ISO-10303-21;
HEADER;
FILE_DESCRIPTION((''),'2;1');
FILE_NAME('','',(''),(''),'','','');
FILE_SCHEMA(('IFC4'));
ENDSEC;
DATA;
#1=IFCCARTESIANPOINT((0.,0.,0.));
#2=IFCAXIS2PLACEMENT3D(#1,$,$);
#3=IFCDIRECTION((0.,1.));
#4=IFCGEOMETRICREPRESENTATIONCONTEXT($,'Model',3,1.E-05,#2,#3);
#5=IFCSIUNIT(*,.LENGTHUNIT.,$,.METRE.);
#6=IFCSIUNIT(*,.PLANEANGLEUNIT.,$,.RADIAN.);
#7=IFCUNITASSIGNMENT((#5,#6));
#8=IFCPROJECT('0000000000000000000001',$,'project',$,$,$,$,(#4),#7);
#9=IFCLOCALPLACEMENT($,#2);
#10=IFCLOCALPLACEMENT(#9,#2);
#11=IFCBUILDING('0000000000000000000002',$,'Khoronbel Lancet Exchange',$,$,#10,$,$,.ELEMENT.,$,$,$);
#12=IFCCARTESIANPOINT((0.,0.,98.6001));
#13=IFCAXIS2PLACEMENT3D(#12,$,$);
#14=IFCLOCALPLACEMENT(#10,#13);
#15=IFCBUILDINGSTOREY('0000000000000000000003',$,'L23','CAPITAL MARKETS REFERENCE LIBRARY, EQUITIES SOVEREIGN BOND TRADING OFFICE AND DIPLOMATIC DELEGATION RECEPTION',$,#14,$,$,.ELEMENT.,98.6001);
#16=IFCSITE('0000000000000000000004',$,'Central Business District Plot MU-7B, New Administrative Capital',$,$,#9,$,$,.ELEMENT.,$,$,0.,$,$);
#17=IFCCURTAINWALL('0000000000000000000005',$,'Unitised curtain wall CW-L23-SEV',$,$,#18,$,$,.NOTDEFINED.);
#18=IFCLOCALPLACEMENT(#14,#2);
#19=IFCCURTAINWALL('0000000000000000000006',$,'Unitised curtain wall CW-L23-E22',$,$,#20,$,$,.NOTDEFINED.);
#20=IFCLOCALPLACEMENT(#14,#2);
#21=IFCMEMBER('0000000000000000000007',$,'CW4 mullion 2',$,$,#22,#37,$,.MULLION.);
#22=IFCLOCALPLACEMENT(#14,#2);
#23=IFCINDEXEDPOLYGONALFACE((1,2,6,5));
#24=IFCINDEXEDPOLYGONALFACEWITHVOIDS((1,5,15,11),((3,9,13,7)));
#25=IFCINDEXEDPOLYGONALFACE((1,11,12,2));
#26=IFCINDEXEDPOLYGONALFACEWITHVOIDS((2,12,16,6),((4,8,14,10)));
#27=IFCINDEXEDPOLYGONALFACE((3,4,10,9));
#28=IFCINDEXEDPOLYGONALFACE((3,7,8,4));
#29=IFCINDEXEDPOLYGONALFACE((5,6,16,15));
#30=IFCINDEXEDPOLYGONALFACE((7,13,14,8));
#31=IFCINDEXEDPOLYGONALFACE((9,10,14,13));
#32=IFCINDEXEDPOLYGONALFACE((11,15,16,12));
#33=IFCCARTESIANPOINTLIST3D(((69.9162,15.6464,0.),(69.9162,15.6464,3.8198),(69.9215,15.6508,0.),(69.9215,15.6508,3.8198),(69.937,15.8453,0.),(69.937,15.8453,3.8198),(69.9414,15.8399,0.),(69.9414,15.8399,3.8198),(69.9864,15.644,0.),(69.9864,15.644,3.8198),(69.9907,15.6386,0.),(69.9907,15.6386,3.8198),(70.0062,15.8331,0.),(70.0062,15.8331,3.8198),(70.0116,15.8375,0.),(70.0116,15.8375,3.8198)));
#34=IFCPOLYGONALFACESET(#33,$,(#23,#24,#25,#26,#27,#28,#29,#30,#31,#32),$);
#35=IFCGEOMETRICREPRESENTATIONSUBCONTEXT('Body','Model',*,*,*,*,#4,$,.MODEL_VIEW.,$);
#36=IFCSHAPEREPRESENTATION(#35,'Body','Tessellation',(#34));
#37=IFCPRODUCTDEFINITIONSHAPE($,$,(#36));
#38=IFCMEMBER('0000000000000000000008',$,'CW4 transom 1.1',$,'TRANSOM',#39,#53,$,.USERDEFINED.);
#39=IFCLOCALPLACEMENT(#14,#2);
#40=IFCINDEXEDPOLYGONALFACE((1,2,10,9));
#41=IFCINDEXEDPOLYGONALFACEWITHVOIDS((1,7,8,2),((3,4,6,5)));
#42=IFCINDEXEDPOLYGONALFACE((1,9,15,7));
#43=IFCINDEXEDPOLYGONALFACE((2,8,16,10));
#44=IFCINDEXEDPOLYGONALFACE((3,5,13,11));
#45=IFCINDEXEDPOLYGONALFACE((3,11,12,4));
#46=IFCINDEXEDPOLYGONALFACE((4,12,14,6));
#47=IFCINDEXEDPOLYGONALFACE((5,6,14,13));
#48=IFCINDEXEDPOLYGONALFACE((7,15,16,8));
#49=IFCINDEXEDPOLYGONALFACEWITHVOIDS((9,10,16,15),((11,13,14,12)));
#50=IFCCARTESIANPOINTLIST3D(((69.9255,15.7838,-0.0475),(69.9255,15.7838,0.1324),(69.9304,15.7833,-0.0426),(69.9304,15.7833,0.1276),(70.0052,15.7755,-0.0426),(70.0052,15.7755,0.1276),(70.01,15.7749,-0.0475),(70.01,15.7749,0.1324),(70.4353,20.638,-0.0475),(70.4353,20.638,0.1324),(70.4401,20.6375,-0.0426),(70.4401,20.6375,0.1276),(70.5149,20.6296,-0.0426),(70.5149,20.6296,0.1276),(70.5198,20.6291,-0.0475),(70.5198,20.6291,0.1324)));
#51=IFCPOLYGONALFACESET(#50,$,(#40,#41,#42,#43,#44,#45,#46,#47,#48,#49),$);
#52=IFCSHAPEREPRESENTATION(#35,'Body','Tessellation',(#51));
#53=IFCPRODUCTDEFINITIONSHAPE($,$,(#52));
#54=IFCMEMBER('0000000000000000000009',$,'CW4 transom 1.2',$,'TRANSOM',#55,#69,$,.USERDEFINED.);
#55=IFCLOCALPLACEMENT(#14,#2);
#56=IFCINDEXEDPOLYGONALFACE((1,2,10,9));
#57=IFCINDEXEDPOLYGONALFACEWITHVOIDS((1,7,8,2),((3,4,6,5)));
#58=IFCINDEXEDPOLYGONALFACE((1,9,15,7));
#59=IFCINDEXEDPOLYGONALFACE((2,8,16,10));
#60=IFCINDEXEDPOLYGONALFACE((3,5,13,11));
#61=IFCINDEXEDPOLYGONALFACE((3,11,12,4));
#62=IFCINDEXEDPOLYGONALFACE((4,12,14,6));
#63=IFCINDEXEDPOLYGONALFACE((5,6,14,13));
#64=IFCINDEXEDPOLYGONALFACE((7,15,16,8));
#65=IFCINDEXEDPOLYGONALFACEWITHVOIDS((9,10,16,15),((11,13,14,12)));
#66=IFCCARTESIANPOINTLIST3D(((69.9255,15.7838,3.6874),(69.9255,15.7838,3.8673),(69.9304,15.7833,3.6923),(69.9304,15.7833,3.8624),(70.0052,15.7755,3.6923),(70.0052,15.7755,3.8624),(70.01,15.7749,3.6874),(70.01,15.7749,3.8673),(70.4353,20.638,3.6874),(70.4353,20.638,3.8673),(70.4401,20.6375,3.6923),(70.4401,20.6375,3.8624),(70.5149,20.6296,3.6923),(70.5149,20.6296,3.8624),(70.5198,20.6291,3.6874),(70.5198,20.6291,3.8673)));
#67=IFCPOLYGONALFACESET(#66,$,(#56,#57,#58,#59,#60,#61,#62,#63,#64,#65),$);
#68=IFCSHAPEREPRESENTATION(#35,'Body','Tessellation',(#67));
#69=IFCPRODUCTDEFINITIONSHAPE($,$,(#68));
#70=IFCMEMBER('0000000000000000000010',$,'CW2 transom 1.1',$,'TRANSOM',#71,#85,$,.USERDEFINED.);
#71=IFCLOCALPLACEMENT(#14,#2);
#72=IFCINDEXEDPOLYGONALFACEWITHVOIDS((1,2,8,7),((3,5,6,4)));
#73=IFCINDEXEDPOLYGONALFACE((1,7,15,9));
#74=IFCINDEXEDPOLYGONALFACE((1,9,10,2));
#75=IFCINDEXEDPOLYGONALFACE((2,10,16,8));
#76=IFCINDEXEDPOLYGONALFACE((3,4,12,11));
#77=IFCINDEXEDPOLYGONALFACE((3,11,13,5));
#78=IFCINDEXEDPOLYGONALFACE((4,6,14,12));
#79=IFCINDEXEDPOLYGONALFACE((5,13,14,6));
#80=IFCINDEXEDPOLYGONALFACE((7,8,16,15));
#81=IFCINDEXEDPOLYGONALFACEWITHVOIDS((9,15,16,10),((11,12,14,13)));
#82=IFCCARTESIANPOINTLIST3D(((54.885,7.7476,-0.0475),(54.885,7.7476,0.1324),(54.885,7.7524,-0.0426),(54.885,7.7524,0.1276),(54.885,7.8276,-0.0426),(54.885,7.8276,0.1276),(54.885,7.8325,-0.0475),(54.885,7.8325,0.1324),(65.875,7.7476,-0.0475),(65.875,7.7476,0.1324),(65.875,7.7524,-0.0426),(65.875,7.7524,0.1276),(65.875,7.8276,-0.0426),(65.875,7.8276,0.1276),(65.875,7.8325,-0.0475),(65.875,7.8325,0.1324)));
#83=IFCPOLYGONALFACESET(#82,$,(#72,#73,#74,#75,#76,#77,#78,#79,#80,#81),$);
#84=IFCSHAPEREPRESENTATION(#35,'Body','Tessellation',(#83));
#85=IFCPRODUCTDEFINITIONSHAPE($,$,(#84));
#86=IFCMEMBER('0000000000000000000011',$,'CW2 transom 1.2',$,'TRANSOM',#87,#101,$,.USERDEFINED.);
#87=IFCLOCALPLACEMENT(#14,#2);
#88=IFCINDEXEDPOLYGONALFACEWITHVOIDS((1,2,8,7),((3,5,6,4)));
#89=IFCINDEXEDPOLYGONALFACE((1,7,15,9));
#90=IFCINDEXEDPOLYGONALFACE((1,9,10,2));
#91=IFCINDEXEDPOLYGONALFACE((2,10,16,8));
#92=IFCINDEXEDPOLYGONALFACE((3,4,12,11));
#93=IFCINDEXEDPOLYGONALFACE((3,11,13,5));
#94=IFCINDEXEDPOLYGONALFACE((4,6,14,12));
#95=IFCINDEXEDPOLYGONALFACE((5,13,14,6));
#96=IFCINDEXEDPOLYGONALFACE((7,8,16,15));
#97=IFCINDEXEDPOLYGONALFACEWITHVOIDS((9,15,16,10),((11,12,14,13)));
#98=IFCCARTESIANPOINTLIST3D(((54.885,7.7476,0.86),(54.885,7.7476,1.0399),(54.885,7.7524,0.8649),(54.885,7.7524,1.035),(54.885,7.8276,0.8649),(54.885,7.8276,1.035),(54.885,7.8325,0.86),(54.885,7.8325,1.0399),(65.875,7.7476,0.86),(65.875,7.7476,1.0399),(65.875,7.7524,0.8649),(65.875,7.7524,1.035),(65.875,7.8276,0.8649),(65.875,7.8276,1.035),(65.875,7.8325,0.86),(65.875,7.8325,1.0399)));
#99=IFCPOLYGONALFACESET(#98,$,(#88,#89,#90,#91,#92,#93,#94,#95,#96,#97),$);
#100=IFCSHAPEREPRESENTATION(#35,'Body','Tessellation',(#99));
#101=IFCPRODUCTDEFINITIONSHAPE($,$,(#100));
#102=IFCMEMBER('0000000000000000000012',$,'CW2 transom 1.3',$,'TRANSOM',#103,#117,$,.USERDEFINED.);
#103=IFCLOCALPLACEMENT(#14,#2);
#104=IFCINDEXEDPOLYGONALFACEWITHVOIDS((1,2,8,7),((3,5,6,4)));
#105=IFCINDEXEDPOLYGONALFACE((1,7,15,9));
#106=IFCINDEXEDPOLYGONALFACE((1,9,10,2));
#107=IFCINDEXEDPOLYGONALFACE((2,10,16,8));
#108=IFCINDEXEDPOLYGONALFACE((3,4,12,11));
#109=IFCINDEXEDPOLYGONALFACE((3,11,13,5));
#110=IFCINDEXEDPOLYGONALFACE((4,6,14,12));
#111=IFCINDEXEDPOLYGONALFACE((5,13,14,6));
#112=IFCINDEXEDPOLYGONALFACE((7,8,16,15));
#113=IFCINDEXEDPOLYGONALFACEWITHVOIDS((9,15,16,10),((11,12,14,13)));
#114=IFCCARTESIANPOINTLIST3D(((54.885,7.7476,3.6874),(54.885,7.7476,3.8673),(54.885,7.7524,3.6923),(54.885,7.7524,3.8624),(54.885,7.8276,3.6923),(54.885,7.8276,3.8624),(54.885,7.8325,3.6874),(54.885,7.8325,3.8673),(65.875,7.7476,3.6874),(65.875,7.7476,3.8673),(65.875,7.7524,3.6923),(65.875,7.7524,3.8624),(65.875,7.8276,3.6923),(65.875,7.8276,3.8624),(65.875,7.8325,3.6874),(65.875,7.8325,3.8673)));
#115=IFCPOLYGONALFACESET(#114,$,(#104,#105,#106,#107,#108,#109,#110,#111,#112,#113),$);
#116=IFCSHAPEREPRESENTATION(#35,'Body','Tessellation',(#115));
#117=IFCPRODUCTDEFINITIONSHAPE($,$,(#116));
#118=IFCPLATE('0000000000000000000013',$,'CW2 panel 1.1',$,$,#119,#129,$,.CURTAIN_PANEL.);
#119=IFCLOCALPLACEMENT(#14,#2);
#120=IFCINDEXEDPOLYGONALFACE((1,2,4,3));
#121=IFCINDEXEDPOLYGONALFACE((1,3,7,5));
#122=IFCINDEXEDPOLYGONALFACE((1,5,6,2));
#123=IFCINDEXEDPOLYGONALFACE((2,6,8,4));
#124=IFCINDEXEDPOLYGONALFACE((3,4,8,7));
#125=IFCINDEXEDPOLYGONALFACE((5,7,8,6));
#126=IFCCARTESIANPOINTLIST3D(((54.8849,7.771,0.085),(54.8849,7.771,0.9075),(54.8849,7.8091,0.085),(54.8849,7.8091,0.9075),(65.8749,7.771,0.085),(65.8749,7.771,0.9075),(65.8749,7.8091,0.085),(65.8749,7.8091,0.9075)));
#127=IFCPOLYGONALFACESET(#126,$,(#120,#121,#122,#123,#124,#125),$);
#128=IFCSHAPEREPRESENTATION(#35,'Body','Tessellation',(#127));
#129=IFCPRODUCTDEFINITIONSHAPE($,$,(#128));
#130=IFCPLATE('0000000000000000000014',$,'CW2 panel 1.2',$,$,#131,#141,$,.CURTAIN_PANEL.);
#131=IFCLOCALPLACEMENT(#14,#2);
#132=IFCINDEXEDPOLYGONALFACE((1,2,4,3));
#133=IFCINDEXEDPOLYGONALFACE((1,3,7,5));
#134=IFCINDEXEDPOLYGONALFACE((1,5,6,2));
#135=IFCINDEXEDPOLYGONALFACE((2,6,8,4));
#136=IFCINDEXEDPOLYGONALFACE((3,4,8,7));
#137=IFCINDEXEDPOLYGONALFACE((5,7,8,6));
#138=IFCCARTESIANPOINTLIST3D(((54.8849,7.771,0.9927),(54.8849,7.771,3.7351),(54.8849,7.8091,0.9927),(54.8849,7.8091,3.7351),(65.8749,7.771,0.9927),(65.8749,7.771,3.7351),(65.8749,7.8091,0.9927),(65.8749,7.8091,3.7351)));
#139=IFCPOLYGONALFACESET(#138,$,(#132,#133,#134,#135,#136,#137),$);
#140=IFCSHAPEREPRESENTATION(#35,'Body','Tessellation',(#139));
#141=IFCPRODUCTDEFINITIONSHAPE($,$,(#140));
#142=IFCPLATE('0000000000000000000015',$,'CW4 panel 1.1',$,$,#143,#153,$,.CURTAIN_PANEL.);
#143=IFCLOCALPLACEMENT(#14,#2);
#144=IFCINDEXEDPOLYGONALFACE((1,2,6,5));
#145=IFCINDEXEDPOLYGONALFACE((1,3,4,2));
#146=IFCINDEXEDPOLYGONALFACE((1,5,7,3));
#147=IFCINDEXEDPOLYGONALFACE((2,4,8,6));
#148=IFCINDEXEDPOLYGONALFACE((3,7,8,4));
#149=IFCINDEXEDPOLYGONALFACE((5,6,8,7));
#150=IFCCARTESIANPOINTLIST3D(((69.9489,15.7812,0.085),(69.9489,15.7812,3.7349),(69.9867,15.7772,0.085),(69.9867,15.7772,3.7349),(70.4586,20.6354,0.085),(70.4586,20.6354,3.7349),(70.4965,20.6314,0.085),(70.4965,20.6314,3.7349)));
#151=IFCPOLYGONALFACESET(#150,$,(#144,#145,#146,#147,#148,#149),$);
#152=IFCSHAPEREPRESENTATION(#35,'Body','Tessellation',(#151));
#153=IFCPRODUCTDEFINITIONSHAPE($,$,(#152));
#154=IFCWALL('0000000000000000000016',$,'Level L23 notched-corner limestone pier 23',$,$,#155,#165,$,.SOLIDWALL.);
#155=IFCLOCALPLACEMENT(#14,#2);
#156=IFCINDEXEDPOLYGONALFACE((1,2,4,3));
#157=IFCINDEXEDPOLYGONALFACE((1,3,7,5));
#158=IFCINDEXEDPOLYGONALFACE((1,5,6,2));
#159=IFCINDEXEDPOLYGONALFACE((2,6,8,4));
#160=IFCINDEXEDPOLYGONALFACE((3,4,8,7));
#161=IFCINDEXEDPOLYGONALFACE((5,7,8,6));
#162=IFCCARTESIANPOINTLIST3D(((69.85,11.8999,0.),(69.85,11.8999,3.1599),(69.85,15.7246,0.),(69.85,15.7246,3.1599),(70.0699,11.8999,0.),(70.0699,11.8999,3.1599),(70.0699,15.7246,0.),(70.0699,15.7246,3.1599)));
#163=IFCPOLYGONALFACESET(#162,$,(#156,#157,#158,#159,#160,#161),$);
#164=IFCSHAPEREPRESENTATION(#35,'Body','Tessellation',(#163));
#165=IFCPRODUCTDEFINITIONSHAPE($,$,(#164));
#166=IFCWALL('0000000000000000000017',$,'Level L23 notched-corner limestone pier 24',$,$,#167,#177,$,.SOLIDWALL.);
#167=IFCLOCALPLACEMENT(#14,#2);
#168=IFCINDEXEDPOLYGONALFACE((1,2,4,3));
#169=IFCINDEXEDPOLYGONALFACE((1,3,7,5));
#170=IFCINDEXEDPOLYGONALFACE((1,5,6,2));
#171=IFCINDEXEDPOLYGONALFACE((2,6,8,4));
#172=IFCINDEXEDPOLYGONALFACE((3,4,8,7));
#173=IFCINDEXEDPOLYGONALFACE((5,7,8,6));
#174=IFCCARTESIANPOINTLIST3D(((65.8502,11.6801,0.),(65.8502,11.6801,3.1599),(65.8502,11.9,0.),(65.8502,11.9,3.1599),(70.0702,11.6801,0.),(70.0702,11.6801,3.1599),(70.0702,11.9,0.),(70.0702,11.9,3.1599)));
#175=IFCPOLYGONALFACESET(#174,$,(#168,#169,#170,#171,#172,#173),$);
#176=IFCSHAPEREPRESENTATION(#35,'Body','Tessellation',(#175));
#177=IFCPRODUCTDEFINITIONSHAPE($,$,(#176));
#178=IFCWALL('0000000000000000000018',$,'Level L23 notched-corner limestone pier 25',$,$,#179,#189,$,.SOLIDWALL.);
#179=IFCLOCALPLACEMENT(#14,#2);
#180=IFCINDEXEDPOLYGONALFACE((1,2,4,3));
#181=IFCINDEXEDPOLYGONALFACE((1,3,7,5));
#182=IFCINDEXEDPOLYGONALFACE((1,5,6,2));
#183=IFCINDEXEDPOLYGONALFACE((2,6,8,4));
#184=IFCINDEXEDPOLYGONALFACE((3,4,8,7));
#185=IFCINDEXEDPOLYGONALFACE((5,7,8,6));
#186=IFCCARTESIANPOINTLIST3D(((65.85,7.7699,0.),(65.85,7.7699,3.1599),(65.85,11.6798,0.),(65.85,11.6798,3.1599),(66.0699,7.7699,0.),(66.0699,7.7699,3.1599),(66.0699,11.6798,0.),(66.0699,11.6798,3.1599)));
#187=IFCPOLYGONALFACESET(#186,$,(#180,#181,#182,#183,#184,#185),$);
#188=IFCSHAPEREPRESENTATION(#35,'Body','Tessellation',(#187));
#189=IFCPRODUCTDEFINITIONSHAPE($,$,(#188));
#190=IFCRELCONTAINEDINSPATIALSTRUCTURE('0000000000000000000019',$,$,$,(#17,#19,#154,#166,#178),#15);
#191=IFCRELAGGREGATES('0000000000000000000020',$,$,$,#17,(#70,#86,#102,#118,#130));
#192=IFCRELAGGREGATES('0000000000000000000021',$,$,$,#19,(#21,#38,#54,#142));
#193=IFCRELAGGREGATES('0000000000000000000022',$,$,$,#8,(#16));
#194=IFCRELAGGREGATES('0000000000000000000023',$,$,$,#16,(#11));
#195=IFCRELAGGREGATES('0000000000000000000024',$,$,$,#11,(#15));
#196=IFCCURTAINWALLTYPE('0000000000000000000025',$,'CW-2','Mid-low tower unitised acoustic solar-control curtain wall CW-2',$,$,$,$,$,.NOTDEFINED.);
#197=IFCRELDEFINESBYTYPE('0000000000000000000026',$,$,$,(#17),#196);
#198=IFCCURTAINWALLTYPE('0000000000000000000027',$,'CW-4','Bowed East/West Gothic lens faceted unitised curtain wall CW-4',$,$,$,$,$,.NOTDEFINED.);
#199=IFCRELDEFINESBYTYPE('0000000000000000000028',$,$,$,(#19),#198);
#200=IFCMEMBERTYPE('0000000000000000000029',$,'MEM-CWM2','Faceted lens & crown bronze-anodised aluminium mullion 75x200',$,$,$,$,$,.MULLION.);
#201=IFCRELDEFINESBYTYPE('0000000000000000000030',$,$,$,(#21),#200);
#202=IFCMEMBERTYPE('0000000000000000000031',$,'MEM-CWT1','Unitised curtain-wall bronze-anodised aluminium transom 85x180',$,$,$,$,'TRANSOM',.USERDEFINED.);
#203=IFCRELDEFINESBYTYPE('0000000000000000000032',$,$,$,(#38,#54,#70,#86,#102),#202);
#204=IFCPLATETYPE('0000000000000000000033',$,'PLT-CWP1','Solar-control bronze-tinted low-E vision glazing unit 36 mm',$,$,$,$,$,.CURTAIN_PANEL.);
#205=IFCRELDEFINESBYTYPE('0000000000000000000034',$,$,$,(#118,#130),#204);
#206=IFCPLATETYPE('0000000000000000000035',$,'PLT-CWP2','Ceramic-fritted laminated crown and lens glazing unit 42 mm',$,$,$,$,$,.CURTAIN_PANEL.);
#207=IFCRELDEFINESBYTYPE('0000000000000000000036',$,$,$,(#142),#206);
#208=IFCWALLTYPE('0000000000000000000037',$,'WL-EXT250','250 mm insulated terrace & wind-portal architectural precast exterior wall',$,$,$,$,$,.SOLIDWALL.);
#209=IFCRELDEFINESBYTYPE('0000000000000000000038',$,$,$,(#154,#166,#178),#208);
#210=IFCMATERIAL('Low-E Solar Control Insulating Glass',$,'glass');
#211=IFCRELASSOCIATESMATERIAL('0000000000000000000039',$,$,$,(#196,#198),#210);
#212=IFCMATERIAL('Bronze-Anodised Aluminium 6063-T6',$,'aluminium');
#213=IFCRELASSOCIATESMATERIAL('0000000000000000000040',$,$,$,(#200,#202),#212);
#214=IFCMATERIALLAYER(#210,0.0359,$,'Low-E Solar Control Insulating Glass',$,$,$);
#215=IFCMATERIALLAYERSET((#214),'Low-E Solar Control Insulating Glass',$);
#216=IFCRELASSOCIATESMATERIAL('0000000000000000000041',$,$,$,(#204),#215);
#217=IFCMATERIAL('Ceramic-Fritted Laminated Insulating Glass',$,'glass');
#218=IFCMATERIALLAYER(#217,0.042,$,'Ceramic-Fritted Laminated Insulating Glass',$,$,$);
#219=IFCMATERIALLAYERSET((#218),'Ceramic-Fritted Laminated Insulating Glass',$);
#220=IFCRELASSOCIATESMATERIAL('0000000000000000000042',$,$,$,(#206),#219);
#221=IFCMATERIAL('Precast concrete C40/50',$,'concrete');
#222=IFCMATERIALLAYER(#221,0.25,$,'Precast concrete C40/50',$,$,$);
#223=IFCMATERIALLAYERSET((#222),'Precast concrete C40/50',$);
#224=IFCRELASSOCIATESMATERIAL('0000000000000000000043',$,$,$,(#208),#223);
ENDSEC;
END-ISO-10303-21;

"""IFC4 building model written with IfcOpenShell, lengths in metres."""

from ifc_helpers import new_model, si_unit, direction, frame, frame_2d, origin, origin_2d, place, context, subcontext, project, spatial, rectangle, hollow_rectangle, extrude, material, layer, layer_set, material_profile, profile_set, type_object, element, aggregate, save


model = new_model("IFC4")

# Units and contexts
model_context = context("Model", 3, precision=1e-05, world=origin(), true_north=direction((0.0, 1.0)))
body_context = subcontext(model_context, "Body", "Model", "MODEL_VIEW")
ifc_project = project(units=[si_unit("LENGTHUNIT", "METRE"), si_unit("PLANEANGLEUNIT", "RADIAN")], contexts=[model_context])

# Site, building, storey
site_placement = place(None, origin())
site = spatial("IfcSite", under=ifc_project, at=site_placement, Name="Central Business District Plot MU-7B, New Administrative Capital", CompositionType="ELEMENT", RefElevation=0.0)
building_placement = place(site_placement, origin())
building = spatial("IfcBuilding", under=site, at=building_placement, Name="Khoronbel Lancet Exchange", CompositionType="ELEMENT")
storey_placement = place(building_placement, frame((0.0, 0.0, 98.6001)))
storey = spatial("IfcBuildingStorey", under=building, at=storey_placement, Name="L23", Description="CAPITAL MARKETS REFERENCE LIBRARY, EQUITIES SOVEREIGN BOND TRADING OFFICE AND DIPLOMATIC DELEGATION RECEPTION", CompositionType="ELEMENT", Elevation=98.6001)

# Shared definitions
ifc_material_1 = material(Name="Low-E Solar Control Insulating Glass", Category="glass")
curtain_wall_type_1 = type_object("IfcCurtainWallType", Name="CW-2", Description="Mid-low tower unitised acoustic solar-control curtain wall CW-2", PredefinedType="NOTDEFINED", material=ifc_material_1)
ifc_material_2 = material(Name="Bronze-Anodised Aluminium 6063-T6", Category="aluminium")

# Curtain wall
curtain_wall_1_placement = place(storey_placement, origin())
curtain_wall_1 = element("IfcCurtainWall", 1, at=curtain_wall_1_placement, inside=storey, type_object=curtain_wall_type_1, Name="Unitised curtain wall CW-L23-SEV", PredefinedType="NOTDEFINED")

# Shared definitions
curtain_wall_type_2 = type_object("IfcCurtainWallType", Name="CW-4", Description="Bowed East/West Gothic lens faceted unitised curtain wall CW-4", PredefinedType="NOTDEFINED", material=ifc_material_1)
ifc_material_profile_1 = material_profile(ifc_material_2, hollow_rectangle(XDim=0.075, YDim=0.2, WallThickness=0.0049, at=origin_2d()), Name="ALU MULLION 75x200")
ifc_profile_set_1 = profile_set([ifc_material_profile_1], Name="Bronze-Anodised Aluminium 6063-T6")
member_type_1 = type_object("IfcMemberType", Name="MEM-CWM2", Description="Faceted lens & crown bronze-anodised aluminium mullion 75x200", PredefinedType="MULLION", material=ifc_profile_set_1)

# Curtain wall, members
curtain_wall_2_placement = place(storey_placement, origin())
curtain_wall_2 = element("IfcCurtainWall", 2, at=curtain_wall_2_placement, inside=storey, type_object=curtain_wall_type_2, Name="Unitised curtain wall CW-L23-E22", PredefinedType="NOTDEFINED")
member_1_placement = place(storey_placement, frame((69.9639, 15.7419, 0.0), z_axis=(0.0, 0.0, 1.0), x_axis=(0.994532, -0.104434, 0.0)))
member_1 = element("IfcMember", 3, at=member_1_placement, type_object=member_type_1, Name="CW4 mullion 2", PredefinedType="MULLION", context=body_context, shape_type="SweptSolid", body=[
    extrude(hollow_rectangle(XDim=0.075, YDim=0.2, WallThickness=0.0049, at=origin_2d()), origin(), (0.0, 0.0, 1.0), 3.8198),
])
ifc_material_profile_2 = material_profile(ifc_material_2, hollow_rectangle(XDim=0.085, YDim=0.1799, WallThickness=0.0049, at=origin_2d()), Name="ALU TRANSOM 85x180")
ifc_profile_set_2 = profile_set([ifc_material_profile_2], Name="Bronze-Anodised Aluminium 6063-T6")
member_type_2 = type_object("IfcMemberType", Name="MEM-CWT1", Description="Unitised curtain-wall bronze-anodised aluminium transom 85x180", ElementType="TRANSOM", PredefinedType="USERDEFINED", material=ifc_profile_set_2)
member_2_placement = place(storey_placement, frame((70.4775, 20.6335, 0.0425), z_axis=(-0.10444, -0.994531, 0.0), x_axis=(0.994531, -0.10444, 0.0)))
member_2 = element("IfcMember", 4, at=member_2_placement, type_object=member_type_2, Name="CW4 transom 1.1", ObjectType="TRANSOM", PredefinedType="USERDEFINED", context=body_context, shape_type="SweptSolid", body=[
    extrude(hollow_rectangle(XDim=0.085, YDim=0.1799, WallThickness=0.0049, at=origin_2d()), origin(), (0.0, 0.0, 1.0), 4.8809),
])
member_3_placement = place(storey_placement, frame((70.4775, 20.6335, 3.7773), z_axis=(-0.10444, -0.994531, 0.0), x_axis=(0.994531, -0.10444, 0.0)))
member_3 = element("IfcMember", 5, at=member_3_placement, type_object=member_type_2, Name="CW4 transom 1.2", ObjectType="TRANSOM", PredefinedType="USERDEFINED", context=body_context, shape_type="SweptSolid", body=[
    extrude(hollow_rectangle(XDim=0.085, YDim=0.1799, WallThickness=0.0049, at=origin_2d()), origin(), (0.0, 0.0, 1.0), 4.8809),
])

# Members
member_4_placement = place(storey_placement, frame((54.885, 7.79, 0.0425), z_axis=(1.0, 0.0, 0.0), x_axis=(0.0, 1.0, 0.0)))
member_4 = element("IfcMember", 6, at=member_4_placement, type_object=member_type_2, Name="CW2 transom 1.1", ObjectType="TRANSOM", PredefinedType="USERDEFINED", context=body_context, shape_type="SweptSolid", body=[
    extrude(hollow_rectangle(XDim=0.085, YDim=0.1799, WallThickness=0.0049, at=origin_2d()), origin(), (0.0, 0.0, 1.0), 10.99),
])
member_5_placement = place(storey_placement, frame((54.885, 7.79, 0.95), z_axis=(1.0, 0.0, 0.0), x_axis=(0.0, 1.0, 0.0)))
member_5 = element("IfcMember", 7, at=member_5_placement, type_object=member_type_2, Name="CW2 transom 1.2", ObjectType="TRANSOM", PredefinedType="USERDEFINED", context=body_context, shape_type="SweptSolid", body=[
    extrude(hollow_rectangle(XDim=0.085, YDim=0.1799, WallThickness=0.0049, at=origin_2d()), origin(), (0.0, 0.0, 1.0), 10.99),
])
member_6_placement = place(storey_placement, frame((54.885, 7.79, 3.7773), z_axis=(1.0, 0.0, 0.0), x_axis=(0.0, 1.0, 0.0)))
member_6 = element("IfcMember", 8, at=member_6_placement, type_object=member_type_2, Name="CW2 transom 1.3", ObjectType="TRANSOM", PredefinedType="USERDEFINED", context=body_context, shape_type="SweptSolid", body=[
    extrude(hollow_rectangle(XDim=0.085, YDim=0.1799, WallThickness=0.0049, at=origin_2d()), origin(), (0.0, 0.0, 1.0), 10.99),
])

# Plates
ifc_layer_1 = layer(ifc_material_1, 0.0359, Name="Low-E Solar Control Insulating Glass")
ifc_layer_set_1 = layer_set([ifc_layer_1], Name="Low-E Solar Control Insulating Glass")
plate_type_1 = type_object("IfcPlateType", Name="PLT-CWP1", Description="Solar-control bronze-tinted low-E vision glazing unit 36 mm", PredefinedType="CURTAIN_PANEL", material=ifc_layer_set_1)
plate_1_placement = place(storey_placement, frame((60.3799, 7.79, 0.085), z_axis=(0.0, 0.0, 1.0), x_axis=(1.0, 0.0, 0.0)))
plate_1 = element("IfcPlate", 9, at=plate_1_placement, type_object=plate_type_1, Name="CW2 panel 1.1", PredefinedType="CURTAIN_PANEL", context=body_context, shape_type="SweptSolid", body=[
    extrude(rectangle(XDim=10.99, YDim=0.0381, at=origin_2d()), origin(), (0.0, 0.0, 1.0), 0.8225),
])
plate_2_placement = place(storey_placement, frame((60.3799, 7.79, 0.9927), z_axis=(0.0, 0.0, 1.0), x_axis=(1.0, 0.0, 0.0)))
plate_2 = element("IfcPlate", 10, at=plate_2_placement, type_object=plate_type_1, Name="CW2 panel 1.2", PredefinedType="CURTAIN_PANEL", context=body_context, shape_type="SweptSolid", body=[
    extrude(rectangle(XDim=10.99, YDim=0.0381, at=origin_2d()), origin(), (0.0, 0.0, 1.0), 2.7424),
])
aggregate(curtain_wall_1, [member_4, member_5, member_6, plate_1, plate_2])
ifc_material_3 = material(Name="Ceramic-Fritted Laminated Insulating Glass", Category="glass")
ifc_layer_2 = layer(ifc_material_3, 0.042, Name="Ceramic-Fritted Laminated Insulating Glass")
ifc_layer_set_2 = layer_set([ifc_layer_2], Name="Ceramic-Fritted Laminated Insulating Glass")
plate_type_2 = type_object("IfcPlateType", Name="PLT-CWP2", Description="Ceramic-fritted laminated crown and lens glazing unit 42 mm", PredefinedType="CURTAIN_PANEL", material=ifc_layer_set_2)
plate_3_placement = place(storey_placement, frame((70.2227, 18.2063, 0.085), z_axis=(0.0, 0.0, 1.0), x_axis=(-0.104434, -0.994532, 0.0)))
plate_3 = element("IfcPlate", 11, at=plate_3_placement, type_object=plate_type_2, Name="CW4 panel 1.1", PredefinedType="CURTAIN_PANEL", context=body_context, shape_type="SweptSolid", body=[
    extrude(rectangle(XDim=4.8809, YDim=0.0381, at=origin_2d()), origin(), (0.0, 0.0, 1.0), 3.6499),
])
aggregate(curtain_wall_2, [member_1, member_2, member_3, plate_3])

# Walls
ifc_material_4 = material(Name="Precast concrete C40/50", Category="concrete")
ifc_layer_3 = layer(ifc_material_4, 0.25, Name="Precast concrete C40/50")
ifc_layer_set_3 = layer_set([ifc_layer_3], Name="Precast concrete C40/50")
wall_type_1 = type_object("IfcWallType", Name="WL-EXT250", Description="250 mm insulated terrace & wind-portal architectural precast exterior wall", PredefinedType="SOLIDWALL", material=ifc_layer_set_3)
wall_1_placement = place(storey_placement, frame((69.96, 15.7246, 0.0), z_axis=(0.0, 0.0, 1.0), x_axis=(0.0, -1.0, 0.0)))
element("IfcWall", 12, at=wall_1_placement, inside=storey, type_object=wall_type_1, Name="Level L23 notched-corner limestone pier 23", PredefinedType="SOLIDWALL", context=body_context, shape_type="SweptSolid", body=[
    extrude(rectangle(XDim=3.8247, YDim=0.22, at=frame_2d((1.9124, 0.0))), origin(), (0.0, 0.0, 1.0), 3.1599),
])
wall_2_placement = place(storey_placement, frame((70.0701, 11.79, 0.0), z_axis=(0.0, 0.0, 1.0), x_axis=(-1.0, 0.0, 0.0)))
element("IfcWall", 13, at=wall_2_placement, inside=storey, type_object=wall_type_1, Name="Level L23 notched-corner limestone pier 24", PredefinedType="SOLIDWALL", context=body_context, shape_type="SweptSolid", body=[
    extrude(rectangle(XDim=4.22, YDim=0.22, at=frame_2d((2.1099, 0.0))), origin(), (0.0, 0.0, 1.0), 3.1599),
])
wall_3_placement = place(storey_placement, frame((65.96, 11.6799, 0.0), z_axis=(0.0, 0.0, 1.0), x_axis=(0.0, -1.0, 0.0)))
element("IfcWall", 14, at=wall_3_placement, inside=storey, type_object=wall_type_1, Name="Level L23 notched-corner limestone pier 25", PredefinedType="SOLIDWALL", context=body_context, shape_type="SweptSolid", body=[
    extrude(rectangle(XDim=3.9099, YDim=0.22, at=frame_2d((1.9551, 0.0))), origin(), (0.0, 0.0, 1.0), 3.1599),
])

save(model, "model.ifc")
